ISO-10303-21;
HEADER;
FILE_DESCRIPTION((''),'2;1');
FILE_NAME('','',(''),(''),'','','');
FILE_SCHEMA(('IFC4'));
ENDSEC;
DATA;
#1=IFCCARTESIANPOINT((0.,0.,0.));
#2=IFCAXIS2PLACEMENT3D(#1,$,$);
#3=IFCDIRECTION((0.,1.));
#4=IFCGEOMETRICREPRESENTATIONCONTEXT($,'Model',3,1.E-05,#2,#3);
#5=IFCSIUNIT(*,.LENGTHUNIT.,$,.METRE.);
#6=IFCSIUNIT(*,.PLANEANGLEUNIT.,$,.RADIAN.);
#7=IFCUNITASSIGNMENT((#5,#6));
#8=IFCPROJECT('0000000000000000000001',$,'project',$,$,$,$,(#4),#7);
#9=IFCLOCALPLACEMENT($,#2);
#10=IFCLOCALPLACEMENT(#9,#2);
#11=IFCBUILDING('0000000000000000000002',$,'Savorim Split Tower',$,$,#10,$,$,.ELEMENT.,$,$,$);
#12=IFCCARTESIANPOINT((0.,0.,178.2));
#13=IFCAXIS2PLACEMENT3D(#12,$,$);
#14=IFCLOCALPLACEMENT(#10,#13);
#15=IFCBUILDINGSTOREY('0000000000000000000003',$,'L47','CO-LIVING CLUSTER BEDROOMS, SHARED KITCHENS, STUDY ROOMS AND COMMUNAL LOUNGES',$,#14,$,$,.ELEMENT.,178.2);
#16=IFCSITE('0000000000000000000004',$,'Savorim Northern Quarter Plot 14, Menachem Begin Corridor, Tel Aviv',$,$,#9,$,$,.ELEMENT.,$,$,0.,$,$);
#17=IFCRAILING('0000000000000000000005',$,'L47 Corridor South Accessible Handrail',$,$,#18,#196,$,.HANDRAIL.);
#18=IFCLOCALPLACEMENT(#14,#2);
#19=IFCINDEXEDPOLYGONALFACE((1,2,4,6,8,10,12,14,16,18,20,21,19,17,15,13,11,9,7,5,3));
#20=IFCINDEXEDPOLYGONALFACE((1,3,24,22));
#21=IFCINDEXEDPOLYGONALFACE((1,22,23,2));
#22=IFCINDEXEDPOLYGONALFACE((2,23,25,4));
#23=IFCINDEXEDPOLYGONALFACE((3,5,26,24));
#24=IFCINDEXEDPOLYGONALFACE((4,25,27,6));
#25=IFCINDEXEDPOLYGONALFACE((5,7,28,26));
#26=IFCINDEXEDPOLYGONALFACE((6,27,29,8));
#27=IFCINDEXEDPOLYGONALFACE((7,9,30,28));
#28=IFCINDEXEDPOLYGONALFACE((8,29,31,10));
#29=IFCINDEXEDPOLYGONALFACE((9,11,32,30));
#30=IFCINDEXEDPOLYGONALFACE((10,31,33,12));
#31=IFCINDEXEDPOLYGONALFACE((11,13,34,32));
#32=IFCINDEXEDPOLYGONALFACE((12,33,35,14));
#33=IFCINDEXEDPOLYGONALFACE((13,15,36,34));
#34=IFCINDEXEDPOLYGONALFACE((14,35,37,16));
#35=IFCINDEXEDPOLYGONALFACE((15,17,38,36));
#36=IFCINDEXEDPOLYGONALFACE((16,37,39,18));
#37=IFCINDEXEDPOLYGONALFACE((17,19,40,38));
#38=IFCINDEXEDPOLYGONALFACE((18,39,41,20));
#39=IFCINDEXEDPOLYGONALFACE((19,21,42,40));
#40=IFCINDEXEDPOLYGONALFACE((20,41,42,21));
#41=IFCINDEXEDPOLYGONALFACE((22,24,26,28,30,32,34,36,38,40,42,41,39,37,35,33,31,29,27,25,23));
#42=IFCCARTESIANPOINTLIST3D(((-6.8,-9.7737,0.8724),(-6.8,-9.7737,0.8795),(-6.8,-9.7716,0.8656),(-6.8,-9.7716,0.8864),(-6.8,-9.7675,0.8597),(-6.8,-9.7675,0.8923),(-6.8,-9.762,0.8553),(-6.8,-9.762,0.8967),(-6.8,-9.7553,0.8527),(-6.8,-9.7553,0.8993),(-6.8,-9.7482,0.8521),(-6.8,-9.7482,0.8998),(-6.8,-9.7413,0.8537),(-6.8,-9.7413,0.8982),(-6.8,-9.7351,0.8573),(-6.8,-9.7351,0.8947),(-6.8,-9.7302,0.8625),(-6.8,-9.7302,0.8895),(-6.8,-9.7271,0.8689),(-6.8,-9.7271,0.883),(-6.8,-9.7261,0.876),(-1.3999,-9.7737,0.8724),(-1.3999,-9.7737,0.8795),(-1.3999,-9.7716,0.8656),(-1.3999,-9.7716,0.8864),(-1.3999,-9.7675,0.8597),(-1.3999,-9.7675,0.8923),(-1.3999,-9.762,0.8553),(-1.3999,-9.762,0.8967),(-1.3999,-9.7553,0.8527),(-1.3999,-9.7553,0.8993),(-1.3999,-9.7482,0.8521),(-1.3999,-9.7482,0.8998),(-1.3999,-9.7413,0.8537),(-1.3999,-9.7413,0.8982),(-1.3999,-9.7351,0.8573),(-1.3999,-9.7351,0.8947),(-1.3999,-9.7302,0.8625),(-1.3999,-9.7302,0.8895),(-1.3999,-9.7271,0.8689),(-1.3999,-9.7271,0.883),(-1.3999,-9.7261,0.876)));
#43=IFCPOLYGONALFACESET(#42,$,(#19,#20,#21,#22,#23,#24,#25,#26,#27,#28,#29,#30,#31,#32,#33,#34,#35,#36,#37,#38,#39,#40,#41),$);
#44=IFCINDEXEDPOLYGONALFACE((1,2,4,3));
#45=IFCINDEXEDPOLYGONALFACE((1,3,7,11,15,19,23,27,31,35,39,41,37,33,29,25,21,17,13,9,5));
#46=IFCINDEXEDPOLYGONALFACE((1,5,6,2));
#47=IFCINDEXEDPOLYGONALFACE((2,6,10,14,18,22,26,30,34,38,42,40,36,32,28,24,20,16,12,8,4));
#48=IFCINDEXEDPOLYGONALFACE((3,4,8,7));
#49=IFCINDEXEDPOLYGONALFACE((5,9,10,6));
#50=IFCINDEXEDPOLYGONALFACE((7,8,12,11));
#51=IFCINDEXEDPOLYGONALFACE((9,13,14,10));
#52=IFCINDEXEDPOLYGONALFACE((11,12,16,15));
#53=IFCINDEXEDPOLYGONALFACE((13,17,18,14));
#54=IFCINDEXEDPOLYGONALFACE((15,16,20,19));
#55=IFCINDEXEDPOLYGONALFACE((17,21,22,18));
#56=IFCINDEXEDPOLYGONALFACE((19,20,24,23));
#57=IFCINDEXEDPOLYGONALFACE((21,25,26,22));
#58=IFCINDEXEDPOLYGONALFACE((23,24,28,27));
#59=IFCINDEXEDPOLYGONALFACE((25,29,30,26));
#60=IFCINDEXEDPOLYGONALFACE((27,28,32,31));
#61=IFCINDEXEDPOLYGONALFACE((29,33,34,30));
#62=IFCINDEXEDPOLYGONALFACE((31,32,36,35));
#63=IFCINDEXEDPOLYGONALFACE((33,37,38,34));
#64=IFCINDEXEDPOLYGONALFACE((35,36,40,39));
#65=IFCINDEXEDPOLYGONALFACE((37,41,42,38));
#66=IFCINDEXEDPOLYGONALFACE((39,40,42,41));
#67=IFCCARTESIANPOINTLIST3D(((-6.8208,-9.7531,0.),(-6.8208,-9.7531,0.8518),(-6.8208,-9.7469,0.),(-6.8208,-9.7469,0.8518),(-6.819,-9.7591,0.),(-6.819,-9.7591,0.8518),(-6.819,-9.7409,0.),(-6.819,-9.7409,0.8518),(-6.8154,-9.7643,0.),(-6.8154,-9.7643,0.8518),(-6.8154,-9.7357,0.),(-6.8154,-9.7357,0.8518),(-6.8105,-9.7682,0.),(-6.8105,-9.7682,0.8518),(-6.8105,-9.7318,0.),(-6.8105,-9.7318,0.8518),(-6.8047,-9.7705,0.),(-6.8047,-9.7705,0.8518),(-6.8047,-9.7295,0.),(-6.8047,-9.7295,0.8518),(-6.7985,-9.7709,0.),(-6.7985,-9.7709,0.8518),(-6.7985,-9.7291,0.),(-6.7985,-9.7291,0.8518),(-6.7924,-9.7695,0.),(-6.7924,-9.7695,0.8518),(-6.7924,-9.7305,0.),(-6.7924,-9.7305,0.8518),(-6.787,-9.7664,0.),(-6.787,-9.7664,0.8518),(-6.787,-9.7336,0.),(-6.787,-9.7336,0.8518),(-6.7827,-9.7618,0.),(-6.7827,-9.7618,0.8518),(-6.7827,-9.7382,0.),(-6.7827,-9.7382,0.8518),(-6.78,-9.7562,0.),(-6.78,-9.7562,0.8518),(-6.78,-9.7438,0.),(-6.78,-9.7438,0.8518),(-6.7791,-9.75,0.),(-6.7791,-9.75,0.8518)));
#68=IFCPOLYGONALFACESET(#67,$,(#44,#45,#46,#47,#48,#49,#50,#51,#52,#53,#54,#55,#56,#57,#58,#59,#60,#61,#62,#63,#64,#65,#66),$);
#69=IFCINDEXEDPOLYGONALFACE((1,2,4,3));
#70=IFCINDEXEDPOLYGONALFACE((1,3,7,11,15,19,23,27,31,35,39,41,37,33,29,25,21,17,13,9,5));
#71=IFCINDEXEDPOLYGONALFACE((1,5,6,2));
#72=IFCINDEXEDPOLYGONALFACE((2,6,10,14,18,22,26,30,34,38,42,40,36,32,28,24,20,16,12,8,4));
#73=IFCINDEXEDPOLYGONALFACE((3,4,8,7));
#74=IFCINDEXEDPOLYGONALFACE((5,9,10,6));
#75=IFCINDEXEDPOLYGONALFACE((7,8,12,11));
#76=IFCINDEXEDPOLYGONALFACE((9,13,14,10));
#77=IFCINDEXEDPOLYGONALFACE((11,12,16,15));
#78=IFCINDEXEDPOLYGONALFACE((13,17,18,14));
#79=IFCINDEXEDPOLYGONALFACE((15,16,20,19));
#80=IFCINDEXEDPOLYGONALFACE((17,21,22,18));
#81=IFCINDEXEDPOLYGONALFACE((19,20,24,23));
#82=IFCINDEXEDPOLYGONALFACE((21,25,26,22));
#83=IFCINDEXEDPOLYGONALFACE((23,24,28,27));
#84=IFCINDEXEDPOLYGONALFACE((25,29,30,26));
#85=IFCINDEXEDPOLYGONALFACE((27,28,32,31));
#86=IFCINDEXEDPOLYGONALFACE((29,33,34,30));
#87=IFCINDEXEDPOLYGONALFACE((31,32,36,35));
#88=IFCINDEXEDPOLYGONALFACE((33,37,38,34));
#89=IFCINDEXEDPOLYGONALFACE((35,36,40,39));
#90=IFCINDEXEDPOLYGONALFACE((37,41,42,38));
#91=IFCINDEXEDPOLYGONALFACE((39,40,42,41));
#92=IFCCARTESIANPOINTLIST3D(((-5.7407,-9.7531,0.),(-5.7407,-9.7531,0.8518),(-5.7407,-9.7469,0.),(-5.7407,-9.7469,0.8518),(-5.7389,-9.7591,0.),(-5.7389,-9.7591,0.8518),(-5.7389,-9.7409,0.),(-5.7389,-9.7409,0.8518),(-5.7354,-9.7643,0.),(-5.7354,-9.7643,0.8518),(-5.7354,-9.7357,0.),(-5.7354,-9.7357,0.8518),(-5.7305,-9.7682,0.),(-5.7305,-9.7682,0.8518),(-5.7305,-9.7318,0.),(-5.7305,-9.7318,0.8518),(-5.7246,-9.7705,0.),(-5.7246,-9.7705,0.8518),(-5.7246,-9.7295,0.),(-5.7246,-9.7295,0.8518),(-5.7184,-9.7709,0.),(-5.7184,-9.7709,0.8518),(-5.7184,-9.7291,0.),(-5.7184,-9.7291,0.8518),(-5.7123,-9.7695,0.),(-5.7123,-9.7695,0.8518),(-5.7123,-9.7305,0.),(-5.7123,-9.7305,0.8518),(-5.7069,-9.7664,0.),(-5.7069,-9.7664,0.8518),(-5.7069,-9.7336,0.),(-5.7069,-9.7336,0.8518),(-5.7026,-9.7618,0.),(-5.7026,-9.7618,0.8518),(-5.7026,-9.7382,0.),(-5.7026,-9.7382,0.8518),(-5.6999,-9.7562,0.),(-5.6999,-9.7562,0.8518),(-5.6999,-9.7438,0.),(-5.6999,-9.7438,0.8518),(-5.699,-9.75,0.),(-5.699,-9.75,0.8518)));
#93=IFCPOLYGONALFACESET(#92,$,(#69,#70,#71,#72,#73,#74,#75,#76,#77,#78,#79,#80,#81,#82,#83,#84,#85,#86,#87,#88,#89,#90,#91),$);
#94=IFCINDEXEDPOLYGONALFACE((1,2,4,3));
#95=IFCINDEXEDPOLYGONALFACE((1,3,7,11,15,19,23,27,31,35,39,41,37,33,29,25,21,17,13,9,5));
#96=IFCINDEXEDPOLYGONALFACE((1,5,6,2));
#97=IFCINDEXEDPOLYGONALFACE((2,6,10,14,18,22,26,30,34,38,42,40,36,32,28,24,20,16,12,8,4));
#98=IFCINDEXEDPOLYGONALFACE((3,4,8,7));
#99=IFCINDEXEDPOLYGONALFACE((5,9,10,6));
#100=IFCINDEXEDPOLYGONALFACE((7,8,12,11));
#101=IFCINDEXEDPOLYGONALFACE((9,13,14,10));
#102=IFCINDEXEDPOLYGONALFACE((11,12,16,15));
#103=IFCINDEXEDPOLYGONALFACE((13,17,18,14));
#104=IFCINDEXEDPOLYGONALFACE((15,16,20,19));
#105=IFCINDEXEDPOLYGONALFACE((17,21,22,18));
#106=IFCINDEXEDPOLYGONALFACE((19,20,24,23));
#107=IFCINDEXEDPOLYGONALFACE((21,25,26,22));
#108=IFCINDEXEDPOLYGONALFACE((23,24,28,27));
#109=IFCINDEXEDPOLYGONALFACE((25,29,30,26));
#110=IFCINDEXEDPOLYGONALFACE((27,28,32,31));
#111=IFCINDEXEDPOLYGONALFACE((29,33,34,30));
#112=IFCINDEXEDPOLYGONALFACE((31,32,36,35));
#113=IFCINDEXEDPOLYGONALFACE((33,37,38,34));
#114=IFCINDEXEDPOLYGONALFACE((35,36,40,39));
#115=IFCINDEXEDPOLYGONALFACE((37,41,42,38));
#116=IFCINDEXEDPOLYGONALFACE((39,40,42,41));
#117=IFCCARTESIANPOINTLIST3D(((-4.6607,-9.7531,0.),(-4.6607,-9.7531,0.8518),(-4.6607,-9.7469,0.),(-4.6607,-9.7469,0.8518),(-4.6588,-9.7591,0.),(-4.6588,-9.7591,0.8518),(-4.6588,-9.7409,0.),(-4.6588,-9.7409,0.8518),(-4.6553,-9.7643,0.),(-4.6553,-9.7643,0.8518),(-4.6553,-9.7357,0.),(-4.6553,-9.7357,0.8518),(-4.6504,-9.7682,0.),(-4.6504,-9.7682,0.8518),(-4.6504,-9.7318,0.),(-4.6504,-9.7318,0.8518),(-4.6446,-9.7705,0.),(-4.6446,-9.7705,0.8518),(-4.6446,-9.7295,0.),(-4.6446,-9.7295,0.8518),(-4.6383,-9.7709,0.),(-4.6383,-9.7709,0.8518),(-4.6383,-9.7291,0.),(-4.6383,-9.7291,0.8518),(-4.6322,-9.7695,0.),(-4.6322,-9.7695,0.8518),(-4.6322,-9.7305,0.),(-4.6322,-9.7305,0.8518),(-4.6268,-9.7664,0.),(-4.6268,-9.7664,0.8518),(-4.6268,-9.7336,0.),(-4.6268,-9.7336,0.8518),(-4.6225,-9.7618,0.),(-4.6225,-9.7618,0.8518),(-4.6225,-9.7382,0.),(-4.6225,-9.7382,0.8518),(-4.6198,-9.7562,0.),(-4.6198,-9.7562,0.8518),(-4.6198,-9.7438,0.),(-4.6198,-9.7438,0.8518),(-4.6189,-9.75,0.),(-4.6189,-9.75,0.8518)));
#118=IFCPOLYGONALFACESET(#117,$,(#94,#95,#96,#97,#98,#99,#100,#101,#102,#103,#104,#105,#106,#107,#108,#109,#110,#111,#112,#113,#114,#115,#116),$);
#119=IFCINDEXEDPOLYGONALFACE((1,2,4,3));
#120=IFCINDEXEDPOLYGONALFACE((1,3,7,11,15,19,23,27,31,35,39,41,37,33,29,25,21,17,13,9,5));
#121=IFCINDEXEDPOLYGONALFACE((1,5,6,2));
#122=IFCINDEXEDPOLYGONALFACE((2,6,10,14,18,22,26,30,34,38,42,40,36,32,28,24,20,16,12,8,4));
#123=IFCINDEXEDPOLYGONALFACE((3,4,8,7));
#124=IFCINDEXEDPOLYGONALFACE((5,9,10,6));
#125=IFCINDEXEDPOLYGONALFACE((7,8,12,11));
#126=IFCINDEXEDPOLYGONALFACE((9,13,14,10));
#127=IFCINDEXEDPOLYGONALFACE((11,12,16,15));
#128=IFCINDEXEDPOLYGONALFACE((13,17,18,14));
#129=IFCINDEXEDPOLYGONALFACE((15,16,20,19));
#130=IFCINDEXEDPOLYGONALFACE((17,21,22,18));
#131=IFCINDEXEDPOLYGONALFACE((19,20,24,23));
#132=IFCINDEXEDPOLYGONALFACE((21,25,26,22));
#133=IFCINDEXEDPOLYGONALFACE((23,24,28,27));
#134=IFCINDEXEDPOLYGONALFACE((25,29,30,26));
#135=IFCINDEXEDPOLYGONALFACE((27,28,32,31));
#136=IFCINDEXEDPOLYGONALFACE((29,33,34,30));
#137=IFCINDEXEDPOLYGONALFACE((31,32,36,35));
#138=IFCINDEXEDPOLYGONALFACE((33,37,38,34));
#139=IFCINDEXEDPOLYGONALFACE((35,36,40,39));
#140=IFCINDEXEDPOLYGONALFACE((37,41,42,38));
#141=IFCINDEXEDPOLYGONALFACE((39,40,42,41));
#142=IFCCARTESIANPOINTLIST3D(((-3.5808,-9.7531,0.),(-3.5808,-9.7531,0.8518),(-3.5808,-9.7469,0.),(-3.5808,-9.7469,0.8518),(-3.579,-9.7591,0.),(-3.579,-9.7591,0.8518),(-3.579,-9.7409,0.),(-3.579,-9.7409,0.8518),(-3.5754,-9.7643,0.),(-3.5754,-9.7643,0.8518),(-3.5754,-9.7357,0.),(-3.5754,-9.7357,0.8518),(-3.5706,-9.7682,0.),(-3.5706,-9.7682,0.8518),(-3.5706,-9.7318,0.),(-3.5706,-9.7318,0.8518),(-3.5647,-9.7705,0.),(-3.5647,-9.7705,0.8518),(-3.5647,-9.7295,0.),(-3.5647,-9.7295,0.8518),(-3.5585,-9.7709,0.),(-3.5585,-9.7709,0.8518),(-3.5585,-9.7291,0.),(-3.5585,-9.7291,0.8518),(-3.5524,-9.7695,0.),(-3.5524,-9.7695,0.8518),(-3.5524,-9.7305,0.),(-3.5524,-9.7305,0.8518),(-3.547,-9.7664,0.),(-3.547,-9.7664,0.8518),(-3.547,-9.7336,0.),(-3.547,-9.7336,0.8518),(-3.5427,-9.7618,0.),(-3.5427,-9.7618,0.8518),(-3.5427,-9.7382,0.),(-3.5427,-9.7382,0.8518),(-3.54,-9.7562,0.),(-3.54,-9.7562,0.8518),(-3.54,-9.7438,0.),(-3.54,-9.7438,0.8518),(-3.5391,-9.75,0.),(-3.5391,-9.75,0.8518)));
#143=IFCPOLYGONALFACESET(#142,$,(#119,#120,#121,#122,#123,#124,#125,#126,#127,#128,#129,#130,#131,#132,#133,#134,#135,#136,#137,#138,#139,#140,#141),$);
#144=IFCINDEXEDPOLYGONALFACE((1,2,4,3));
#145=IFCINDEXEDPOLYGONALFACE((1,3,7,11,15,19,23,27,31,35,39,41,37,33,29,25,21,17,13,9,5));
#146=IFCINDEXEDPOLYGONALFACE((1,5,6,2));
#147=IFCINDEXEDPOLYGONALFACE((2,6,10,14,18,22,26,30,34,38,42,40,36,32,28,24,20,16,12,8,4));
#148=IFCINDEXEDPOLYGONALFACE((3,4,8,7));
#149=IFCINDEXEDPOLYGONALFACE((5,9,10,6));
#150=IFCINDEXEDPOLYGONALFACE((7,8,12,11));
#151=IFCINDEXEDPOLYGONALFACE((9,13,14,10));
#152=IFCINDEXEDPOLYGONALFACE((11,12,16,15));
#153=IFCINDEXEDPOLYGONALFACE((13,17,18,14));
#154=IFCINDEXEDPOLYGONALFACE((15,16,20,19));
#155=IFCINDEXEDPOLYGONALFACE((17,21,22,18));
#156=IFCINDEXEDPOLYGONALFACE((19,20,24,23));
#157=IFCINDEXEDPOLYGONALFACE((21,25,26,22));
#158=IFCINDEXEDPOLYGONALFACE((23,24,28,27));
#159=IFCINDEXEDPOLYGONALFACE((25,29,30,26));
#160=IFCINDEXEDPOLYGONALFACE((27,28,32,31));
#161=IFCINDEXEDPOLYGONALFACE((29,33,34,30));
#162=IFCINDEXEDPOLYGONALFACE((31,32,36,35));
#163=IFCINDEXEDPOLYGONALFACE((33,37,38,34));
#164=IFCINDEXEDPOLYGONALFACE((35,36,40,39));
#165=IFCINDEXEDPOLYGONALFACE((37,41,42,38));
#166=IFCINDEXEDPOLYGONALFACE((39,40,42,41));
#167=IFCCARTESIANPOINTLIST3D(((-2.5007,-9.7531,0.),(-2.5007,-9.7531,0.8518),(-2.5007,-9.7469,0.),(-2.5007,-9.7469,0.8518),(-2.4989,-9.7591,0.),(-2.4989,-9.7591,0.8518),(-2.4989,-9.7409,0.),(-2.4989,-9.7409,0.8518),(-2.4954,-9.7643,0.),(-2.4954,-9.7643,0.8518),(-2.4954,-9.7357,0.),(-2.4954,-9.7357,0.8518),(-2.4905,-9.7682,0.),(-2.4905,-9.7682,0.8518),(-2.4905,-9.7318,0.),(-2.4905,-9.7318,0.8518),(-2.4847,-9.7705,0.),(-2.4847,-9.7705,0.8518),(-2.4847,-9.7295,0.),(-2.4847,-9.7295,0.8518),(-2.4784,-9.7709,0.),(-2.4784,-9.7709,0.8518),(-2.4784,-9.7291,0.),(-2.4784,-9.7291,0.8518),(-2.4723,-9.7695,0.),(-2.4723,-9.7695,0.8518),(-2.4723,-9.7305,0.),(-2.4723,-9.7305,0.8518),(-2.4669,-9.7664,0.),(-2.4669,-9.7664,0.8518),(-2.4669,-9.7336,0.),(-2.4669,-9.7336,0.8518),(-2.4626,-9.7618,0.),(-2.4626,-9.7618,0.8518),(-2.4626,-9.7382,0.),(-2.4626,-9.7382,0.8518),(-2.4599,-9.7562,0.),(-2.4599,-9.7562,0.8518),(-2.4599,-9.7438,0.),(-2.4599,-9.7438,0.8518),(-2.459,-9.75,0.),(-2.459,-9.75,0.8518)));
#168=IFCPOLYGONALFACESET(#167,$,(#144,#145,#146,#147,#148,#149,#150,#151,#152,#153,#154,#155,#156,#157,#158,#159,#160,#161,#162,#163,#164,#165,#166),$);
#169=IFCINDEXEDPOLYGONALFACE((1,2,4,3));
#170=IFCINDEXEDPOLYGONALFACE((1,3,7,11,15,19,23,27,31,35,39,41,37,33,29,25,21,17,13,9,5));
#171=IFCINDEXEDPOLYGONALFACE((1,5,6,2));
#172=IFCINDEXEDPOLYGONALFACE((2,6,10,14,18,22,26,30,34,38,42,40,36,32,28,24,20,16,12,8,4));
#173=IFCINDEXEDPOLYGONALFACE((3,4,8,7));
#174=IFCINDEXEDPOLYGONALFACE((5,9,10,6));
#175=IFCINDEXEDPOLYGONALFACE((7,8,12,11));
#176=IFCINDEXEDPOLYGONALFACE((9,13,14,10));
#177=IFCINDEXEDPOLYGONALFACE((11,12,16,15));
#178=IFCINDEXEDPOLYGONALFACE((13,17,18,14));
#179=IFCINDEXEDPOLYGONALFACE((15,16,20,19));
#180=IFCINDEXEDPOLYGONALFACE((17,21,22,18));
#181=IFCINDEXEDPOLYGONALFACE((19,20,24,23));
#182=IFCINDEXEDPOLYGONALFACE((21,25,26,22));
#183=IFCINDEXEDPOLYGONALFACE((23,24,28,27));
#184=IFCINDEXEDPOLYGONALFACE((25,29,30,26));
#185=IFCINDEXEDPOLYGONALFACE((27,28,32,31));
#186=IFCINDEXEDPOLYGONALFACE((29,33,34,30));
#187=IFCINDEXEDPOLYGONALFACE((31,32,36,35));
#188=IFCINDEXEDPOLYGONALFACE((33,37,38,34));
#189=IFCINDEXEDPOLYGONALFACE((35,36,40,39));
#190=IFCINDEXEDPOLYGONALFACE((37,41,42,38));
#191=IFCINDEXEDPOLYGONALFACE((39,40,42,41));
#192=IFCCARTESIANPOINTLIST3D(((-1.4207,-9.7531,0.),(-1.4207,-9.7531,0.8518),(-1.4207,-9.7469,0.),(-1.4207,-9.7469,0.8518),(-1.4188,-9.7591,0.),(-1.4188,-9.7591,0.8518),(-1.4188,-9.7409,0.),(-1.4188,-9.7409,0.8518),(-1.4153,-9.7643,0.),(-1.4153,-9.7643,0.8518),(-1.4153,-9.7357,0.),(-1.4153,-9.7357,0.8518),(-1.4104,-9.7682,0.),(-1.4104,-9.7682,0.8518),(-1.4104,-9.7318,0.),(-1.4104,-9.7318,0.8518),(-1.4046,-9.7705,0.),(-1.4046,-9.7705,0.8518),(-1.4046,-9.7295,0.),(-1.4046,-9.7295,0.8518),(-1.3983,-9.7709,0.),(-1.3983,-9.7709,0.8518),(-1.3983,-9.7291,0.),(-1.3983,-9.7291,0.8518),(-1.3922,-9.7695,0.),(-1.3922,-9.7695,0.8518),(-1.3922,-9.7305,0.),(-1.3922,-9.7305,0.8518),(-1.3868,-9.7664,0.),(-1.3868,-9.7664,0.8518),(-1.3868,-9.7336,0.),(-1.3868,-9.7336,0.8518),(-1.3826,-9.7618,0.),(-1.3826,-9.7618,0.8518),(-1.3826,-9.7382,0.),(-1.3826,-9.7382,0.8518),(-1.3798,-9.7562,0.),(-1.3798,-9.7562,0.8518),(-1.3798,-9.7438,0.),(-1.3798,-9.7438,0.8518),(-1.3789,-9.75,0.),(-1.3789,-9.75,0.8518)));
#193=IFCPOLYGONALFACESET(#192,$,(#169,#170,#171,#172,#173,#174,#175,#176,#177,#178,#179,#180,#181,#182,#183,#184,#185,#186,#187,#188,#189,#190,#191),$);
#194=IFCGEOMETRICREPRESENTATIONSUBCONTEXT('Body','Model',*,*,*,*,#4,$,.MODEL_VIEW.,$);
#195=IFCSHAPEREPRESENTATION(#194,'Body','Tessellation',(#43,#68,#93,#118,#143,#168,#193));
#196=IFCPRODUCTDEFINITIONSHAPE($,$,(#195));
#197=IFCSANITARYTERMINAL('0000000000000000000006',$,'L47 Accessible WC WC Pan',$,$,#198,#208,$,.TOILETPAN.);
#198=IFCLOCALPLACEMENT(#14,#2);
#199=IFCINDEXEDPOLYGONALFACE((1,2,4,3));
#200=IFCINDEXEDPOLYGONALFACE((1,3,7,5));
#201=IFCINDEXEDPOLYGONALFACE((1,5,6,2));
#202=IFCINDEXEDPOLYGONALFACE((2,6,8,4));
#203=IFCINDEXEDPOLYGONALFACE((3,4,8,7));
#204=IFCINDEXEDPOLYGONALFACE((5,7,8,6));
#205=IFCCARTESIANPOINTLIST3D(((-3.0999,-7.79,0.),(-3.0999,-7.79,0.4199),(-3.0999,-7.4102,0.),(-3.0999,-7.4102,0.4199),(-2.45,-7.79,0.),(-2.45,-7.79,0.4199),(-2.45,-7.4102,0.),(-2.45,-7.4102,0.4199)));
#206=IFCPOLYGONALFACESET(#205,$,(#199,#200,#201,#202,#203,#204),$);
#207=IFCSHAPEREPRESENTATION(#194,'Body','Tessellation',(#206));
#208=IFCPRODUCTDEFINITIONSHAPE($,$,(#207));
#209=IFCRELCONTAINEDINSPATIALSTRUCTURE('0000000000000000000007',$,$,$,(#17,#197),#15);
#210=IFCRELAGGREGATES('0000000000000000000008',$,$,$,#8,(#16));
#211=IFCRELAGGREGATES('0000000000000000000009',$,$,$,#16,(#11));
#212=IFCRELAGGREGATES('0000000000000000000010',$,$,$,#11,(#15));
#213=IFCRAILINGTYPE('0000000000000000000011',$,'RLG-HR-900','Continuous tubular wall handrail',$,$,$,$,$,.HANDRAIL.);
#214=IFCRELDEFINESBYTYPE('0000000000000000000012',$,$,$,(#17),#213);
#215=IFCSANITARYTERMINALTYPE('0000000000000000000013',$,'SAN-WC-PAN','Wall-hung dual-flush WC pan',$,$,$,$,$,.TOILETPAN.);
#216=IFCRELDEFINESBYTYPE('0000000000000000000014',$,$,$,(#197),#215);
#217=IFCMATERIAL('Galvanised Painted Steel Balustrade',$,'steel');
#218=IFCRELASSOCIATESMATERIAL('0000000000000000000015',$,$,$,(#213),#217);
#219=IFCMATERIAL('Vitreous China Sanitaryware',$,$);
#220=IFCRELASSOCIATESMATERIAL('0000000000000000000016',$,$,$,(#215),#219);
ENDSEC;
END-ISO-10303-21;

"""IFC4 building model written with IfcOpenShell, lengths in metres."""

from ifc_helpers import new_model, si_unit, direction, frame, origin, origin_2d, place, context, subcontext, project, spatial, rectangle, circle, extrude, material, type_object, element, save


model = new_model("IFC4")

# Units and contexts
model_context = context("Model", 3, precision=1e-05, world=origin(), true_north=direction((0.0, 1.0)))
body_context = subcontext(model_context, "Body", "Model", "MODEL_VIEW")
ifc_project = project(units=[si_unit("LENGTHUNIT", "METRE"), si_unit("PLANEANGLEUNIT", "RADIAN")], contexts=[model_context])

# Site, building, storey
site_placement = place(None, origin())
site = spatial("IfcSite", under=ifc_project, at=site_placement, Name="Savorim Northern Quarter Plot 14, Menachem Begin Corridor, Tel Aviv", CompositionType="ELEMENT", RefElevation=0.0)
building_placement = place(site_placement, origin())
building = spatial("IfcBuilding", under=site, at=building_placement, Name="Savorim Split Tower", CompositionType="ELEMENT")
storey_placement = place(building_placement, frame((0.0, 0.0, 178.2)))
storey = spatial("IfcBuildingStorey", under=building, at=storey_placement, Name="L47", Description="CO-LIVING CLUSTER BEDROOMS, SHARED KITCHENS, STUDY ROOMS AND COMMUNAL LOUNGES", CompositionType="ELEMENT", Elevation=178.2)

# Railing
ifc_material_1 = material(Name="Galvanised Painted Steel Balustrade", Category="steel")
railing_type = type_object("IfcRailingType", Name="RLG-HR-900", Description="Continuous tubular wall handrail", PredefinedType="HANDRAIL", material=ifc_material_1)
railing_1_placement = place(storey_placement, frame((-6.8, -9.75, 0.0)))
element("IfcRailing", 1, at=railing_1_placement, inside=storey, type_object=railing_type, Name="L47 Corridor South Accessible Handrail", PredefinedType="HANDRAIL", context=body_context, shape_type="SweptSolid", body=[
    extrude(circle(Radius=0.0239, at=origin_2d()), frame((0.0, 0.0, 0.876), z_axis=(1.0, 0.0, 0.0), x_axis=(0.0, 1.0, 0.0)), (0.0, 0.0, 1.0), 5.4001),
    extrude(circle(Radius=0.021, at=origin_2d()), origin(), (0.0, 0.0, 1.0), 0.8518),
    extrude(circle(Radius=0.021, at=origin_2d()), frame((1.0801, 0.0, 0.0)), (0.0, 0.0, 1.0), 0.8518),
    extrude(circle(Radius=0.021, at=origin_2d()), frame((2.1602, 0.0, 0.0)), (0.0, 0.0, 1.0), 0.8518),
    extrude(circle(Radius=0.021, at=origin_2d()), frame((3.24, 0.0, 0.0)), (0.0, 0.0, 1.0), 0.8518),
    extrude(circle(Radius=0.021, at=origin_2d()), frame((4.3201, 0.0, 0.0)), (0.0, 0.0, 1.0), 0.8518),
    extrude(circle(Radius=0.021, at=origin_2d()), frame((5.4001, 0.0, 0.0)), (0.0, 0.0, 1.0), 0.8518),
])

# Sanitary terminal
ifc_material_2 = material(Name="Vitreous China Sanitaryware")
sanitary_terminal_type_1 = type_object("IfcSanitaryTerminalType", Name="SAN-WC-PAN", Description="Wall-hung dual-flush WC pan", PredefinedType="TOILETPAN", material=ifc_material_2)
sanitary_terminal_1_placement = place(storey_placement, frame((-2.7749, -7.6001, 0.0), z_axis=(0.0, 0.0, 1.0), x_axis=(1.0, 0.0, 0.0)))
element("IfcSanitaryTerminal", 2, at=sanitary_terminal_1_placement, inside=storey, type_object=sanitary_terminal_type_1, Name="L47 Accessible WC WC Pan", PredefinedType="TOILETPAN", context=body_context, shape_type="SweptSolid", body=[
    extrude(rectangle(XDim=0.6499, YDim=0.3799, at=origin_2d()), origin(), (0.0, 0.0, 1.0), 0.4199),
])

save(model, "model.ifc")
